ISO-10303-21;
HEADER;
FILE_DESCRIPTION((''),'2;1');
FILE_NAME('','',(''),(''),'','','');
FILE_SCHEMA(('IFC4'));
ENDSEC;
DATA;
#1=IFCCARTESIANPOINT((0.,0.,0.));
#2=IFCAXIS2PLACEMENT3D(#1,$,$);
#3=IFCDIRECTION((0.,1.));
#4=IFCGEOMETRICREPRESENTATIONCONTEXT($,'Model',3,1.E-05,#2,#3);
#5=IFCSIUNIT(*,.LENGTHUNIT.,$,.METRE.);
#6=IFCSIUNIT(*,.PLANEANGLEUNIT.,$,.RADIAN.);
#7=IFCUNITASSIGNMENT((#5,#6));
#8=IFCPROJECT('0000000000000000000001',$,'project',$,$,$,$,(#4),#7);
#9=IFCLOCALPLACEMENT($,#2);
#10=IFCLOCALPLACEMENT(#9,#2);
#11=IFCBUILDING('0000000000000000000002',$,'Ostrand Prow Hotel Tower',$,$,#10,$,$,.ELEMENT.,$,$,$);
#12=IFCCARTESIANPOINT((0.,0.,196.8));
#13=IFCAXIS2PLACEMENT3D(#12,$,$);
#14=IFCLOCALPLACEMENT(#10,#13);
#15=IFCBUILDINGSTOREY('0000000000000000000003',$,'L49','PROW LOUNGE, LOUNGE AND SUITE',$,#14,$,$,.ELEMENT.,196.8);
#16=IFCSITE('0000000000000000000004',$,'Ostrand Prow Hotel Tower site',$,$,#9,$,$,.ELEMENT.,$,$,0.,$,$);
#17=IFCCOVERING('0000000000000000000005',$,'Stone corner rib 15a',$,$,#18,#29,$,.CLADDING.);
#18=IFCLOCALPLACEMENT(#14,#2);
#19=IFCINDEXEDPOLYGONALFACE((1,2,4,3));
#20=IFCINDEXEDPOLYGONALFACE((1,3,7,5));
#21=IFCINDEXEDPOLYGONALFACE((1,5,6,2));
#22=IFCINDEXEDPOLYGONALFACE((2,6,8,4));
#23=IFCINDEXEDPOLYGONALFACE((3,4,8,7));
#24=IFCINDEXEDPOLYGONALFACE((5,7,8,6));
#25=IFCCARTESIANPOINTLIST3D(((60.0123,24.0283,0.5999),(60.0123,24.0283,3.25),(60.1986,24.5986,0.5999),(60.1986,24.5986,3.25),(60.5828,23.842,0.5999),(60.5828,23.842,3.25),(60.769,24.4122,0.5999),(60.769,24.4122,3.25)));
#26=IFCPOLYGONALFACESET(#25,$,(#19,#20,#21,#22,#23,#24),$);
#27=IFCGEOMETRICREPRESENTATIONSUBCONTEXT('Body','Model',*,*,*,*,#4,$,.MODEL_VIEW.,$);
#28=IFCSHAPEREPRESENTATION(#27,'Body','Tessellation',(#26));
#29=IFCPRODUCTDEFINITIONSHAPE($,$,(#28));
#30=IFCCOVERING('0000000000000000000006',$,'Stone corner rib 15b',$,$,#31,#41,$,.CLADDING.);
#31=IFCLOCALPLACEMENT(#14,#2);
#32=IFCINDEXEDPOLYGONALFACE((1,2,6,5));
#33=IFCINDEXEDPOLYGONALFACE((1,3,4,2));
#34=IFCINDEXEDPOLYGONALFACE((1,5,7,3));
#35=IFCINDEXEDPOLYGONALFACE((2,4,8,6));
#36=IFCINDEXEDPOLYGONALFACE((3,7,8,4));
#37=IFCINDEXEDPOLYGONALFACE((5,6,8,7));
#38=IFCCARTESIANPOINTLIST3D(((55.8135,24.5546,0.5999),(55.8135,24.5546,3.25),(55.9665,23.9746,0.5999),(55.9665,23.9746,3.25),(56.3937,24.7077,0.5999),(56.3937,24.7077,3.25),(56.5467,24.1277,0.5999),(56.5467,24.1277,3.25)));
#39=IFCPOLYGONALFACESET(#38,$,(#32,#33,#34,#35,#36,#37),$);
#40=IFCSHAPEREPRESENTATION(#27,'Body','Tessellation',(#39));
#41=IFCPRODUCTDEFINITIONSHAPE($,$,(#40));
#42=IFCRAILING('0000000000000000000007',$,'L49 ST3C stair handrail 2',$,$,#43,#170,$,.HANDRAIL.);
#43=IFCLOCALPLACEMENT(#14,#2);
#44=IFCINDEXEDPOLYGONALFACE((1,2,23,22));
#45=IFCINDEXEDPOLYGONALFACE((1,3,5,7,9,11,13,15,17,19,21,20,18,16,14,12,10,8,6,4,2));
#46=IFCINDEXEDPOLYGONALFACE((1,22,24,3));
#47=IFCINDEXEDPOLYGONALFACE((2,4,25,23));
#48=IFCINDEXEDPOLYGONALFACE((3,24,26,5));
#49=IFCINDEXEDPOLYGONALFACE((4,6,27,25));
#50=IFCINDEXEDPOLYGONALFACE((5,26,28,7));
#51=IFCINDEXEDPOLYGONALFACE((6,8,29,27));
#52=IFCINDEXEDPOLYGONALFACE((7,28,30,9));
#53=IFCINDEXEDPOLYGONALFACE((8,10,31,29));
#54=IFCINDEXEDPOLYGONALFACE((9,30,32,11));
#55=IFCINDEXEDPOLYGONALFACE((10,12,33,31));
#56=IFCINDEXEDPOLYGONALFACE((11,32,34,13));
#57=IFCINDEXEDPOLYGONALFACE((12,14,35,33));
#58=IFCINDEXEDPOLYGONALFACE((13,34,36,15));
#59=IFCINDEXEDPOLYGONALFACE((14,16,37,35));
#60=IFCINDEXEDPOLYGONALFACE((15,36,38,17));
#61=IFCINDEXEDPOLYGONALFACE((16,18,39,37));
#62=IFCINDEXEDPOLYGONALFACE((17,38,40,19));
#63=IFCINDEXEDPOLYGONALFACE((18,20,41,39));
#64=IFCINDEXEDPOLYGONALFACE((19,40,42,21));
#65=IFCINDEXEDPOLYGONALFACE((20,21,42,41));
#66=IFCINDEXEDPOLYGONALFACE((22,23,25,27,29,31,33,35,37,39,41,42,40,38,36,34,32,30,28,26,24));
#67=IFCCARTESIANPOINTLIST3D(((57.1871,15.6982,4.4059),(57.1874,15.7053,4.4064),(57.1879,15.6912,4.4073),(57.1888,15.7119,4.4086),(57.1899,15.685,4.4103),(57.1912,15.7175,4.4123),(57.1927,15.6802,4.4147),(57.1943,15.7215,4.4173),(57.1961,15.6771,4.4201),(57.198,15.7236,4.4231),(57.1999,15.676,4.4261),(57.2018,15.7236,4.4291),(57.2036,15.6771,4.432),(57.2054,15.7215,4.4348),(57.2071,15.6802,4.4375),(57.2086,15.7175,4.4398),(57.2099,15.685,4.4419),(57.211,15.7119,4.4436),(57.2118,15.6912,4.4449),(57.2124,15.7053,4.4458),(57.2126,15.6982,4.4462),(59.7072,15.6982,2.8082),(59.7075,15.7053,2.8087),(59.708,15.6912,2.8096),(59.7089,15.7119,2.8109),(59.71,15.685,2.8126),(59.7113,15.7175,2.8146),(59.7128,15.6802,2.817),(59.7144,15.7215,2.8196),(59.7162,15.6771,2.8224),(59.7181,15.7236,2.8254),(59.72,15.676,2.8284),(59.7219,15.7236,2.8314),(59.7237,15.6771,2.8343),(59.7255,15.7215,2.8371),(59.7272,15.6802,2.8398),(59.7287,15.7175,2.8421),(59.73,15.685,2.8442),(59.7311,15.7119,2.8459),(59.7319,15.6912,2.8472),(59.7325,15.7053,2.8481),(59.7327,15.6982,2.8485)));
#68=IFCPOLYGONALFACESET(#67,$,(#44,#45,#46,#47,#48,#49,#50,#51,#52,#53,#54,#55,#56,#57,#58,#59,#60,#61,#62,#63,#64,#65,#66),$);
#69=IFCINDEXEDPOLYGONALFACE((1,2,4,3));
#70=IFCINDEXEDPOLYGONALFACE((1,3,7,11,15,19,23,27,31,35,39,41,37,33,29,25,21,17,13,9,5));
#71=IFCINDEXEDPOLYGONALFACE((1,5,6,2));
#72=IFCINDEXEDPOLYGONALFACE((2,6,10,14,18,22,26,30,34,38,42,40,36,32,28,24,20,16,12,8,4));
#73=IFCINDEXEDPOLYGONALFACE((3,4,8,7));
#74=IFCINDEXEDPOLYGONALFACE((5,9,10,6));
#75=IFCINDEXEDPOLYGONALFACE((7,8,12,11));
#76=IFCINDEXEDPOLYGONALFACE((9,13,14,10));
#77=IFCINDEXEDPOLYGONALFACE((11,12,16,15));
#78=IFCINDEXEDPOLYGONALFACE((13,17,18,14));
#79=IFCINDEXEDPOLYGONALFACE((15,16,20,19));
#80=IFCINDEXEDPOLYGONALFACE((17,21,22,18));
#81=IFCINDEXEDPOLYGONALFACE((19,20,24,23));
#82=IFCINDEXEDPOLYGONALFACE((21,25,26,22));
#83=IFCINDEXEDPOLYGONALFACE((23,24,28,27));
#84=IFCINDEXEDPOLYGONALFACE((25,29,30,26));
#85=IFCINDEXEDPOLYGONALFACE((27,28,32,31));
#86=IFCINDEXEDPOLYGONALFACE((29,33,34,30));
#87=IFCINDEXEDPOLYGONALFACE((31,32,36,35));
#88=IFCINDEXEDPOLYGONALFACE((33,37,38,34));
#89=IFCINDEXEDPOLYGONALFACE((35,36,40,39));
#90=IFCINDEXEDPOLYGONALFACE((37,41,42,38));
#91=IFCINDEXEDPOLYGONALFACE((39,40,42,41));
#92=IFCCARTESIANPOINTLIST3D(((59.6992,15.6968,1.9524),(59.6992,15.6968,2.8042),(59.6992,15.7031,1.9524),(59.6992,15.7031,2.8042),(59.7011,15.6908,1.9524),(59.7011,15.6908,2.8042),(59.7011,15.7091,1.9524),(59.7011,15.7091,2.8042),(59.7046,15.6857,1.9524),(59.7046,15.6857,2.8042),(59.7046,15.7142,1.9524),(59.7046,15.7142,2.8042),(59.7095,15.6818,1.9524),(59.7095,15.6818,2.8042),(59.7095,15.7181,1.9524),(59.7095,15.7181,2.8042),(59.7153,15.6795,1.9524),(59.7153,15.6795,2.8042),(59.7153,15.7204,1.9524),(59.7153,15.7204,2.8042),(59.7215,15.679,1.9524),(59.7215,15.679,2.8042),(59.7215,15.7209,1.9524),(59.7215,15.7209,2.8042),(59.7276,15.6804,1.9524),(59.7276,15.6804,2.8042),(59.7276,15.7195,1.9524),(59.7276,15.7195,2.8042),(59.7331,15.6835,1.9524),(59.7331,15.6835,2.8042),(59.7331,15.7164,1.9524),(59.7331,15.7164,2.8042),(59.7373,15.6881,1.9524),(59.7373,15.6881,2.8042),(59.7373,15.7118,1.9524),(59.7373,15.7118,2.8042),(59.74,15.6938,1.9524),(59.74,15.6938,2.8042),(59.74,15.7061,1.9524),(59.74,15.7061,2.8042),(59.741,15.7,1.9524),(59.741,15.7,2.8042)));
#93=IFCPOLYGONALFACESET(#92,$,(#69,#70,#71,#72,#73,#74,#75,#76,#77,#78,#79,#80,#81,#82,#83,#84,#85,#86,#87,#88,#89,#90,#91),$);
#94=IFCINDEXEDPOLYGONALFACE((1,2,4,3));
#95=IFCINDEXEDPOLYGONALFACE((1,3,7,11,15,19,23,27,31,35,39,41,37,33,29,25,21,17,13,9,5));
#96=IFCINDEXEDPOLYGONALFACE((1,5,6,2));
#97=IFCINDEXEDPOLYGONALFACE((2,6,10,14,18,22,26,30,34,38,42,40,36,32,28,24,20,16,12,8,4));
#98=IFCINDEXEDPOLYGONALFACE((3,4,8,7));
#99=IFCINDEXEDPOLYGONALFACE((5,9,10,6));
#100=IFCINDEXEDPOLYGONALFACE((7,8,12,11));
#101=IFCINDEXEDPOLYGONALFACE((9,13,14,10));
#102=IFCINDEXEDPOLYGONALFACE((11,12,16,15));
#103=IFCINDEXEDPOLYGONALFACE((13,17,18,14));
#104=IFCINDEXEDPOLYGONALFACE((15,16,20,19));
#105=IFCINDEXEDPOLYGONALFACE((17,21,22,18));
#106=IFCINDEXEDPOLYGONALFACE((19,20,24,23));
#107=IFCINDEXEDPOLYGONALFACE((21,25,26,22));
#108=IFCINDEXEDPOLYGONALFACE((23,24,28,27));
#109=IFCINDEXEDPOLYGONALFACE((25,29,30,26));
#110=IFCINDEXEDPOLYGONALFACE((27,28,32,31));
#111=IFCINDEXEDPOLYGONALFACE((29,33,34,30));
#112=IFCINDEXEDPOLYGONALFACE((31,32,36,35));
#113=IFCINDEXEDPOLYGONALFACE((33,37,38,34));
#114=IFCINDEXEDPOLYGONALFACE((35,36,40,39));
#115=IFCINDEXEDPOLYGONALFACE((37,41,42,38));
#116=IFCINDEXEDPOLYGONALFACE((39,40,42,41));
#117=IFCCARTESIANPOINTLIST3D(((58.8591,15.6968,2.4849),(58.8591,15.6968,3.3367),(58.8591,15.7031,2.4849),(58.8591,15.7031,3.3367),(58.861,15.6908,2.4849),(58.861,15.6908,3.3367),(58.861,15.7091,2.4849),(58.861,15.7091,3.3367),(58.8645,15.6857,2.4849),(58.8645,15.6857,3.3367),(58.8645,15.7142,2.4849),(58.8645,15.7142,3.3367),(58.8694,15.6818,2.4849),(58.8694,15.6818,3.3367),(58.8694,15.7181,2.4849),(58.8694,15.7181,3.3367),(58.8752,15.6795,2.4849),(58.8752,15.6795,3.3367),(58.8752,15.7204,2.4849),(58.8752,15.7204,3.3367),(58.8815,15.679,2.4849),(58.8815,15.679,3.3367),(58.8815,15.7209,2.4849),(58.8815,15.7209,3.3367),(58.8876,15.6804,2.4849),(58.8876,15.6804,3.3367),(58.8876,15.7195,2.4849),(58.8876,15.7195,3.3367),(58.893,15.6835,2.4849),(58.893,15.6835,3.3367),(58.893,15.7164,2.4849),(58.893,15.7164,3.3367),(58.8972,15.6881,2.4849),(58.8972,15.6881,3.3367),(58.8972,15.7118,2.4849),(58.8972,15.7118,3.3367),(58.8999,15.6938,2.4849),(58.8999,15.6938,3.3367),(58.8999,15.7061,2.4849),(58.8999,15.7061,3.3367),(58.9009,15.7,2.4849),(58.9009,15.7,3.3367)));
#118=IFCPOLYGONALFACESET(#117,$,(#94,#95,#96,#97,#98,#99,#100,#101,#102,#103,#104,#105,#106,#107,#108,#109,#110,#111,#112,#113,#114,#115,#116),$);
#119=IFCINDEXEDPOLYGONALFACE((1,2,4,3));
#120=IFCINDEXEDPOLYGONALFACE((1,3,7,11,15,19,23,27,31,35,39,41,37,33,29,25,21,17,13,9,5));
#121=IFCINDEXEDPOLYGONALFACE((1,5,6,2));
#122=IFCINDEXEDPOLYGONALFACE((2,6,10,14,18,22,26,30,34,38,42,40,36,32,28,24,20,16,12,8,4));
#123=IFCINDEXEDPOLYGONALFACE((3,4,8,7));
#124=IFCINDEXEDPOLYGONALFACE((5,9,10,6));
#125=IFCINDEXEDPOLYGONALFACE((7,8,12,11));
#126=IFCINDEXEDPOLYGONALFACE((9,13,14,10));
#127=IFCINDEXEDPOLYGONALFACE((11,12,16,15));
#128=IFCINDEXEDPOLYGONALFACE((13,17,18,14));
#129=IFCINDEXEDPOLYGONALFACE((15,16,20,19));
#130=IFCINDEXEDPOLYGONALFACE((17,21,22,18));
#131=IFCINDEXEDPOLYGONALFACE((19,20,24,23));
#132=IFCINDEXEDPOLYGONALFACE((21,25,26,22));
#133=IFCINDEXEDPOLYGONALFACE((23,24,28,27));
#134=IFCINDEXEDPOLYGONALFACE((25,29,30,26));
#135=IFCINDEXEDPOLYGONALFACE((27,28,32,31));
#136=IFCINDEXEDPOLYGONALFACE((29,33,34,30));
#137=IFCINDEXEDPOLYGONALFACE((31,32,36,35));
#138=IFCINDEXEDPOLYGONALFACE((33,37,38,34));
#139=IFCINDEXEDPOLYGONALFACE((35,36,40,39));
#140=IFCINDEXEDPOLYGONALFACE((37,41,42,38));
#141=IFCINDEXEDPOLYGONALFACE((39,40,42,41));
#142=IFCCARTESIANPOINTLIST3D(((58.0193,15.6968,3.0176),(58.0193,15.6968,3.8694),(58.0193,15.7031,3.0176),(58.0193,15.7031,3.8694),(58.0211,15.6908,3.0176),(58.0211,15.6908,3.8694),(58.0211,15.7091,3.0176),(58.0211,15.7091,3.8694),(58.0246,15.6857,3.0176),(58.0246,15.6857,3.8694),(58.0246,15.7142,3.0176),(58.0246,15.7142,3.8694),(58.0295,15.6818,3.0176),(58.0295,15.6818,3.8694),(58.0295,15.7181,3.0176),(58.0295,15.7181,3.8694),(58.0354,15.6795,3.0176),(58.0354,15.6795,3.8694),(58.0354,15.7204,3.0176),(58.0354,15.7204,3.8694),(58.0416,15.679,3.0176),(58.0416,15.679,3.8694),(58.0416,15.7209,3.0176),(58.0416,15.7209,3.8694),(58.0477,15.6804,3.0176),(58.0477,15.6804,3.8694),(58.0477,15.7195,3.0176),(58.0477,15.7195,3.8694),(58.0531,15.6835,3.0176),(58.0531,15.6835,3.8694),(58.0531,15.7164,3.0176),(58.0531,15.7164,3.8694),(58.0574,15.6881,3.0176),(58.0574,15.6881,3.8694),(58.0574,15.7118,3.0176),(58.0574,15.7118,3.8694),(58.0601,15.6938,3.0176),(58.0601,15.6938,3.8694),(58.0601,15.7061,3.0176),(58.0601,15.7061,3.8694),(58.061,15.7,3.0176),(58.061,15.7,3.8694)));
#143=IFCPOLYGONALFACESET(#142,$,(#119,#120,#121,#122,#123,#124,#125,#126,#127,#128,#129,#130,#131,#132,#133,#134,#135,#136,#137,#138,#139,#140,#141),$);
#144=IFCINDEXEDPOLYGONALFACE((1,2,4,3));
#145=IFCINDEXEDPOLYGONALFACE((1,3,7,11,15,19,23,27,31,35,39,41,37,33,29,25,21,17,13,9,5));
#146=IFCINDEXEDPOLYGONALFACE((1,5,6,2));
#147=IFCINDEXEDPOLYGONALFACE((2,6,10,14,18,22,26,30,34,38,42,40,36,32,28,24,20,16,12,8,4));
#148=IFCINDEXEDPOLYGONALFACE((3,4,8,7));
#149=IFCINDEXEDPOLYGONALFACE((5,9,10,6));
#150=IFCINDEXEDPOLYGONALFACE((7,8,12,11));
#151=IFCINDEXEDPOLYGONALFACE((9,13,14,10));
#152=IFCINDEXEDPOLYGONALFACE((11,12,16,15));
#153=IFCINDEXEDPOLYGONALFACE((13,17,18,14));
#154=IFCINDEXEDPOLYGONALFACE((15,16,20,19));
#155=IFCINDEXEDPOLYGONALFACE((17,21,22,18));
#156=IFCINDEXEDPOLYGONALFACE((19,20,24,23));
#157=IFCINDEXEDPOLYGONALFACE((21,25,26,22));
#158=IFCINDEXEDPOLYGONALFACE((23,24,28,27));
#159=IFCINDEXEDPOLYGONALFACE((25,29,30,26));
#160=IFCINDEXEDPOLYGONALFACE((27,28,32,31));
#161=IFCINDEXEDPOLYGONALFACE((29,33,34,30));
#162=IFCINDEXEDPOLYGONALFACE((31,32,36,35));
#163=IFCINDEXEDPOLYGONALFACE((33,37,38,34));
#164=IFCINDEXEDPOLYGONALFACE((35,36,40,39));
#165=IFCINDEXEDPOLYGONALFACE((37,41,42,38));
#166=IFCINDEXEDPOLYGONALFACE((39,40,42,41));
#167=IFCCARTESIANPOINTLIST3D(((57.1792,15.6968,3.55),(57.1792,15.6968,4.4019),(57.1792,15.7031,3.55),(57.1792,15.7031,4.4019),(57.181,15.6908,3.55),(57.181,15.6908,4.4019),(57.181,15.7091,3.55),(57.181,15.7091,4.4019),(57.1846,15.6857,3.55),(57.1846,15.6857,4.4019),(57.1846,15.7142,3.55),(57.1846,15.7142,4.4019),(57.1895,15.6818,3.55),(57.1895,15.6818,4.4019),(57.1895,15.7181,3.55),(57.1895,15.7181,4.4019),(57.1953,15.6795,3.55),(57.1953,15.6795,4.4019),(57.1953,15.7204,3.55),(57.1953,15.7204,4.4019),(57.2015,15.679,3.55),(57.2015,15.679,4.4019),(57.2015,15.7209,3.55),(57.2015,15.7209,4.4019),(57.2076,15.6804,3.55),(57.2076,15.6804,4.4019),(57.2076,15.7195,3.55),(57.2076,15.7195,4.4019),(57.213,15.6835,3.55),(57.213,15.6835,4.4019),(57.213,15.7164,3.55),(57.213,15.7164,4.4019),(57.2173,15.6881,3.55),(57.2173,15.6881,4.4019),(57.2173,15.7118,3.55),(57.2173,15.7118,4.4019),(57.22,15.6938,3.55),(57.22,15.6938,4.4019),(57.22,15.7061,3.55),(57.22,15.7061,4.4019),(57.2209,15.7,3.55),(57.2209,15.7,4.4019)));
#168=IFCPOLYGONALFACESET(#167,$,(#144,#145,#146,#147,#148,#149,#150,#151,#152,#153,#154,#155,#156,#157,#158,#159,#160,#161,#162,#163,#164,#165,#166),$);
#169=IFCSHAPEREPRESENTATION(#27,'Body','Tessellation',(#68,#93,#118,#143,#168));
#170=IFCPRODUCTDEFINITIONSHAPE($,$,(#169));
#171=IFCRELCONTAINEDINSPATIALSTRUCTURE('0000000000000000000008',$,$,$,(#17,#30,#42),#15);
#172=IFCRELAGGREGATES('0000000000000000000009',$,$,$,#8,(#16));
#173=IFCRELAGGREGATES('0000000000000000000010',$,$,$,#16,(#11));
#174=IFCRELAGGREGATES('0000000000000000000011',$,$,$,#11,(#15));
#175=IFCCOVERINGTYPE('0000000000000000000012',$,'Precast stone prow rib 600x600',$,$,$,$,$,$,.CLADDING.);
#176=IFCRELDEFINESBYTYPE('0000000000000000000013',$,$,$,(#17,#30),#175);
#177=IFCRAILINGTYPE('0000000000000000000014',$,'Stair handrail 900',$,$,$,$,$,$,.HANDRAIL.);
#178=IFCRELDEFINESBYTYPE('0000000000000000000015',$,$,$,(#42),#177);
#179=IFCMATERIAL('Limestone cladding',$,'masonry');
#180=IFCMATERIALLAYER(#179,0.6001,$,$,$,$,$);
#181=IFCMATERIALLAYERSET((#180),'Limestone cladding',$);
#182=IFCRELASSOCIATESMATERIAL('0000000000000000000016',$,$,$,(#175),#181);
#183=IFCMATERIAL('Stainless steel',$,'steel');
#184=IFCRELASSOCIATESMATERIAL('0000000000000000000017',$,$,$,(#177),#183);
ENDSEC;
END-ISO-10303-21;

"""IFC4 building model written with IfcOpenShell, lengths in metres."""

from ifc_helpers import new_model, si_unit, direction, frame, frame_2d, origin, origin_2d, place, context, subcontext, project, spatial, rectangle, circle, extrude, material, layer, layer_set, type_object, element, save


model = new_model("IFC4")

# Units and contexts
model_context = context("Model", 3, precision=1e-05, world=origin(), true_north=direction((0.0, 1.0)))
body_context = subcontext(model_context, "Body", "Model", "MODEL_VIEW")
ifc_project = project(units=[si_unit("LENGTHUNIT", "METRE"), si_unit("PLANEANGLEUNIT", "RADIAN")], contexts=[model_context])

# Site, building, storey
site_placement = place(None, origin())
site = spatial("IfcSite", under=ifc_project, at=site_placement, Name="Ostrand Prow Hotel Tower site", CompositionType="ELEMENT", RefElevation=0.0)
building_placement = place(site_placement, origin())
building = spatial("IfcBuilding", under=site, at=building_placement, Name="Ostrand Prow Hotel Tower", CompositionType="ELEMENT")
storey_placement = place(building_placement, frame((0.0, 0.0, 196.8)))
storey = spatial("IfcBuildingStorey", under=building, at=storey_placement, Name="L49", Description="PROW LOUNGE, LOUNGE AND SUITE", CompositionType="ELEMENT", Elevation=196.8)

# Coverings
ifc_material_1 = material(Name="Limestone cladding", Category="masonry")
ifc_layer_1 = layer(ifc_material_1, 0.6001)
ifc_layer_set_1 = layer_set([ifc_layer_1], Name="Limestone cladding")
covering_type = type_object("IfcCoveringType", Name="Precast stone prow rib 600x600", PredefinedType="CLADDING", material=ifc_layer_set_1)
for number, where, z_axis, x_axis, name in (
    (1, (60.2976, 23.9353, 0.5999), (0.0, 0.0, 1.0), (0.310484, 0.950578, 0.0), "Stone corner rib 15a"),
    (2, (56.2566, 24.0513, 0.5999), (0.0, 0.0, 1.0), (-0.255154, 0.9669, 0.0), "Stone corner rib 15b"),
):
    element("IfcCovering", number, at=place(storey_placement, frame(where, z_axis=z_axis, x_axis=x_axis)), inside=storey, type_object=covering_type, Name=name, PredefinedType="CLADDING", context=body_context, shape_type="SweptSolid", body=[
        extrude(rectangle(XDim=0.5999, YDim=0.6001, at=frame_2d((0.2998, 0.0))), origin(), (0.0, 0.0, 1.0), 2.6501),
    ])

# Railing
ifc_material_2 = material(Name="Stainless steel", Category="steel")
railing_type = type_object("IfcRailingType", Name="Stair handrail 900", PredefinedType="HANDRAIL", material=ifc_material_2)
railing_placement = place(storey_placement, frame((59.72, 15.7, 1.9524)))
element("IfcRailing", 3, at=railing_placement, inside=storey, type_object=railing_type, Name="L49 ST3C stair handrail 2", PredefinedType="HANDRAIL", context=body_context, shape_type="SweptSolid", body=[
    extrude(circle(Radius=0.0239, at=origin_2d()), frame((0.0, 0.0, 0.876), z_axis=(-0.84457, 0.0, 0.535445), x_axis=(0.0, -1.0, 0.0)), (0.0, 0.0, 1.0), 2.9839),
    extrude(circle(Radius=0.021, at=origin_2d()), origin(), (0.0, 0.0, 1.0), 0.8518),
    extrude(circle(Radius=0.021, at=origin_2d()), frame((-0.8401, 0.0, 0.5325)), (0.0, 0.0, 1.0), 0.8518),
    extrude(circle(Radius=0.021, at=origin_2d()), frame((-1.6799, 0.0, 1.0652)), (0.0, 0.0, 1.0), 0.8518),
    extrude(circle(Radius=0.021, at=origin_2d()), frame((-2.52, 0.0, 1.5977)), (0.0, 0.0, 1.0), 0.8518),
])

save(model, "model.ifc")
